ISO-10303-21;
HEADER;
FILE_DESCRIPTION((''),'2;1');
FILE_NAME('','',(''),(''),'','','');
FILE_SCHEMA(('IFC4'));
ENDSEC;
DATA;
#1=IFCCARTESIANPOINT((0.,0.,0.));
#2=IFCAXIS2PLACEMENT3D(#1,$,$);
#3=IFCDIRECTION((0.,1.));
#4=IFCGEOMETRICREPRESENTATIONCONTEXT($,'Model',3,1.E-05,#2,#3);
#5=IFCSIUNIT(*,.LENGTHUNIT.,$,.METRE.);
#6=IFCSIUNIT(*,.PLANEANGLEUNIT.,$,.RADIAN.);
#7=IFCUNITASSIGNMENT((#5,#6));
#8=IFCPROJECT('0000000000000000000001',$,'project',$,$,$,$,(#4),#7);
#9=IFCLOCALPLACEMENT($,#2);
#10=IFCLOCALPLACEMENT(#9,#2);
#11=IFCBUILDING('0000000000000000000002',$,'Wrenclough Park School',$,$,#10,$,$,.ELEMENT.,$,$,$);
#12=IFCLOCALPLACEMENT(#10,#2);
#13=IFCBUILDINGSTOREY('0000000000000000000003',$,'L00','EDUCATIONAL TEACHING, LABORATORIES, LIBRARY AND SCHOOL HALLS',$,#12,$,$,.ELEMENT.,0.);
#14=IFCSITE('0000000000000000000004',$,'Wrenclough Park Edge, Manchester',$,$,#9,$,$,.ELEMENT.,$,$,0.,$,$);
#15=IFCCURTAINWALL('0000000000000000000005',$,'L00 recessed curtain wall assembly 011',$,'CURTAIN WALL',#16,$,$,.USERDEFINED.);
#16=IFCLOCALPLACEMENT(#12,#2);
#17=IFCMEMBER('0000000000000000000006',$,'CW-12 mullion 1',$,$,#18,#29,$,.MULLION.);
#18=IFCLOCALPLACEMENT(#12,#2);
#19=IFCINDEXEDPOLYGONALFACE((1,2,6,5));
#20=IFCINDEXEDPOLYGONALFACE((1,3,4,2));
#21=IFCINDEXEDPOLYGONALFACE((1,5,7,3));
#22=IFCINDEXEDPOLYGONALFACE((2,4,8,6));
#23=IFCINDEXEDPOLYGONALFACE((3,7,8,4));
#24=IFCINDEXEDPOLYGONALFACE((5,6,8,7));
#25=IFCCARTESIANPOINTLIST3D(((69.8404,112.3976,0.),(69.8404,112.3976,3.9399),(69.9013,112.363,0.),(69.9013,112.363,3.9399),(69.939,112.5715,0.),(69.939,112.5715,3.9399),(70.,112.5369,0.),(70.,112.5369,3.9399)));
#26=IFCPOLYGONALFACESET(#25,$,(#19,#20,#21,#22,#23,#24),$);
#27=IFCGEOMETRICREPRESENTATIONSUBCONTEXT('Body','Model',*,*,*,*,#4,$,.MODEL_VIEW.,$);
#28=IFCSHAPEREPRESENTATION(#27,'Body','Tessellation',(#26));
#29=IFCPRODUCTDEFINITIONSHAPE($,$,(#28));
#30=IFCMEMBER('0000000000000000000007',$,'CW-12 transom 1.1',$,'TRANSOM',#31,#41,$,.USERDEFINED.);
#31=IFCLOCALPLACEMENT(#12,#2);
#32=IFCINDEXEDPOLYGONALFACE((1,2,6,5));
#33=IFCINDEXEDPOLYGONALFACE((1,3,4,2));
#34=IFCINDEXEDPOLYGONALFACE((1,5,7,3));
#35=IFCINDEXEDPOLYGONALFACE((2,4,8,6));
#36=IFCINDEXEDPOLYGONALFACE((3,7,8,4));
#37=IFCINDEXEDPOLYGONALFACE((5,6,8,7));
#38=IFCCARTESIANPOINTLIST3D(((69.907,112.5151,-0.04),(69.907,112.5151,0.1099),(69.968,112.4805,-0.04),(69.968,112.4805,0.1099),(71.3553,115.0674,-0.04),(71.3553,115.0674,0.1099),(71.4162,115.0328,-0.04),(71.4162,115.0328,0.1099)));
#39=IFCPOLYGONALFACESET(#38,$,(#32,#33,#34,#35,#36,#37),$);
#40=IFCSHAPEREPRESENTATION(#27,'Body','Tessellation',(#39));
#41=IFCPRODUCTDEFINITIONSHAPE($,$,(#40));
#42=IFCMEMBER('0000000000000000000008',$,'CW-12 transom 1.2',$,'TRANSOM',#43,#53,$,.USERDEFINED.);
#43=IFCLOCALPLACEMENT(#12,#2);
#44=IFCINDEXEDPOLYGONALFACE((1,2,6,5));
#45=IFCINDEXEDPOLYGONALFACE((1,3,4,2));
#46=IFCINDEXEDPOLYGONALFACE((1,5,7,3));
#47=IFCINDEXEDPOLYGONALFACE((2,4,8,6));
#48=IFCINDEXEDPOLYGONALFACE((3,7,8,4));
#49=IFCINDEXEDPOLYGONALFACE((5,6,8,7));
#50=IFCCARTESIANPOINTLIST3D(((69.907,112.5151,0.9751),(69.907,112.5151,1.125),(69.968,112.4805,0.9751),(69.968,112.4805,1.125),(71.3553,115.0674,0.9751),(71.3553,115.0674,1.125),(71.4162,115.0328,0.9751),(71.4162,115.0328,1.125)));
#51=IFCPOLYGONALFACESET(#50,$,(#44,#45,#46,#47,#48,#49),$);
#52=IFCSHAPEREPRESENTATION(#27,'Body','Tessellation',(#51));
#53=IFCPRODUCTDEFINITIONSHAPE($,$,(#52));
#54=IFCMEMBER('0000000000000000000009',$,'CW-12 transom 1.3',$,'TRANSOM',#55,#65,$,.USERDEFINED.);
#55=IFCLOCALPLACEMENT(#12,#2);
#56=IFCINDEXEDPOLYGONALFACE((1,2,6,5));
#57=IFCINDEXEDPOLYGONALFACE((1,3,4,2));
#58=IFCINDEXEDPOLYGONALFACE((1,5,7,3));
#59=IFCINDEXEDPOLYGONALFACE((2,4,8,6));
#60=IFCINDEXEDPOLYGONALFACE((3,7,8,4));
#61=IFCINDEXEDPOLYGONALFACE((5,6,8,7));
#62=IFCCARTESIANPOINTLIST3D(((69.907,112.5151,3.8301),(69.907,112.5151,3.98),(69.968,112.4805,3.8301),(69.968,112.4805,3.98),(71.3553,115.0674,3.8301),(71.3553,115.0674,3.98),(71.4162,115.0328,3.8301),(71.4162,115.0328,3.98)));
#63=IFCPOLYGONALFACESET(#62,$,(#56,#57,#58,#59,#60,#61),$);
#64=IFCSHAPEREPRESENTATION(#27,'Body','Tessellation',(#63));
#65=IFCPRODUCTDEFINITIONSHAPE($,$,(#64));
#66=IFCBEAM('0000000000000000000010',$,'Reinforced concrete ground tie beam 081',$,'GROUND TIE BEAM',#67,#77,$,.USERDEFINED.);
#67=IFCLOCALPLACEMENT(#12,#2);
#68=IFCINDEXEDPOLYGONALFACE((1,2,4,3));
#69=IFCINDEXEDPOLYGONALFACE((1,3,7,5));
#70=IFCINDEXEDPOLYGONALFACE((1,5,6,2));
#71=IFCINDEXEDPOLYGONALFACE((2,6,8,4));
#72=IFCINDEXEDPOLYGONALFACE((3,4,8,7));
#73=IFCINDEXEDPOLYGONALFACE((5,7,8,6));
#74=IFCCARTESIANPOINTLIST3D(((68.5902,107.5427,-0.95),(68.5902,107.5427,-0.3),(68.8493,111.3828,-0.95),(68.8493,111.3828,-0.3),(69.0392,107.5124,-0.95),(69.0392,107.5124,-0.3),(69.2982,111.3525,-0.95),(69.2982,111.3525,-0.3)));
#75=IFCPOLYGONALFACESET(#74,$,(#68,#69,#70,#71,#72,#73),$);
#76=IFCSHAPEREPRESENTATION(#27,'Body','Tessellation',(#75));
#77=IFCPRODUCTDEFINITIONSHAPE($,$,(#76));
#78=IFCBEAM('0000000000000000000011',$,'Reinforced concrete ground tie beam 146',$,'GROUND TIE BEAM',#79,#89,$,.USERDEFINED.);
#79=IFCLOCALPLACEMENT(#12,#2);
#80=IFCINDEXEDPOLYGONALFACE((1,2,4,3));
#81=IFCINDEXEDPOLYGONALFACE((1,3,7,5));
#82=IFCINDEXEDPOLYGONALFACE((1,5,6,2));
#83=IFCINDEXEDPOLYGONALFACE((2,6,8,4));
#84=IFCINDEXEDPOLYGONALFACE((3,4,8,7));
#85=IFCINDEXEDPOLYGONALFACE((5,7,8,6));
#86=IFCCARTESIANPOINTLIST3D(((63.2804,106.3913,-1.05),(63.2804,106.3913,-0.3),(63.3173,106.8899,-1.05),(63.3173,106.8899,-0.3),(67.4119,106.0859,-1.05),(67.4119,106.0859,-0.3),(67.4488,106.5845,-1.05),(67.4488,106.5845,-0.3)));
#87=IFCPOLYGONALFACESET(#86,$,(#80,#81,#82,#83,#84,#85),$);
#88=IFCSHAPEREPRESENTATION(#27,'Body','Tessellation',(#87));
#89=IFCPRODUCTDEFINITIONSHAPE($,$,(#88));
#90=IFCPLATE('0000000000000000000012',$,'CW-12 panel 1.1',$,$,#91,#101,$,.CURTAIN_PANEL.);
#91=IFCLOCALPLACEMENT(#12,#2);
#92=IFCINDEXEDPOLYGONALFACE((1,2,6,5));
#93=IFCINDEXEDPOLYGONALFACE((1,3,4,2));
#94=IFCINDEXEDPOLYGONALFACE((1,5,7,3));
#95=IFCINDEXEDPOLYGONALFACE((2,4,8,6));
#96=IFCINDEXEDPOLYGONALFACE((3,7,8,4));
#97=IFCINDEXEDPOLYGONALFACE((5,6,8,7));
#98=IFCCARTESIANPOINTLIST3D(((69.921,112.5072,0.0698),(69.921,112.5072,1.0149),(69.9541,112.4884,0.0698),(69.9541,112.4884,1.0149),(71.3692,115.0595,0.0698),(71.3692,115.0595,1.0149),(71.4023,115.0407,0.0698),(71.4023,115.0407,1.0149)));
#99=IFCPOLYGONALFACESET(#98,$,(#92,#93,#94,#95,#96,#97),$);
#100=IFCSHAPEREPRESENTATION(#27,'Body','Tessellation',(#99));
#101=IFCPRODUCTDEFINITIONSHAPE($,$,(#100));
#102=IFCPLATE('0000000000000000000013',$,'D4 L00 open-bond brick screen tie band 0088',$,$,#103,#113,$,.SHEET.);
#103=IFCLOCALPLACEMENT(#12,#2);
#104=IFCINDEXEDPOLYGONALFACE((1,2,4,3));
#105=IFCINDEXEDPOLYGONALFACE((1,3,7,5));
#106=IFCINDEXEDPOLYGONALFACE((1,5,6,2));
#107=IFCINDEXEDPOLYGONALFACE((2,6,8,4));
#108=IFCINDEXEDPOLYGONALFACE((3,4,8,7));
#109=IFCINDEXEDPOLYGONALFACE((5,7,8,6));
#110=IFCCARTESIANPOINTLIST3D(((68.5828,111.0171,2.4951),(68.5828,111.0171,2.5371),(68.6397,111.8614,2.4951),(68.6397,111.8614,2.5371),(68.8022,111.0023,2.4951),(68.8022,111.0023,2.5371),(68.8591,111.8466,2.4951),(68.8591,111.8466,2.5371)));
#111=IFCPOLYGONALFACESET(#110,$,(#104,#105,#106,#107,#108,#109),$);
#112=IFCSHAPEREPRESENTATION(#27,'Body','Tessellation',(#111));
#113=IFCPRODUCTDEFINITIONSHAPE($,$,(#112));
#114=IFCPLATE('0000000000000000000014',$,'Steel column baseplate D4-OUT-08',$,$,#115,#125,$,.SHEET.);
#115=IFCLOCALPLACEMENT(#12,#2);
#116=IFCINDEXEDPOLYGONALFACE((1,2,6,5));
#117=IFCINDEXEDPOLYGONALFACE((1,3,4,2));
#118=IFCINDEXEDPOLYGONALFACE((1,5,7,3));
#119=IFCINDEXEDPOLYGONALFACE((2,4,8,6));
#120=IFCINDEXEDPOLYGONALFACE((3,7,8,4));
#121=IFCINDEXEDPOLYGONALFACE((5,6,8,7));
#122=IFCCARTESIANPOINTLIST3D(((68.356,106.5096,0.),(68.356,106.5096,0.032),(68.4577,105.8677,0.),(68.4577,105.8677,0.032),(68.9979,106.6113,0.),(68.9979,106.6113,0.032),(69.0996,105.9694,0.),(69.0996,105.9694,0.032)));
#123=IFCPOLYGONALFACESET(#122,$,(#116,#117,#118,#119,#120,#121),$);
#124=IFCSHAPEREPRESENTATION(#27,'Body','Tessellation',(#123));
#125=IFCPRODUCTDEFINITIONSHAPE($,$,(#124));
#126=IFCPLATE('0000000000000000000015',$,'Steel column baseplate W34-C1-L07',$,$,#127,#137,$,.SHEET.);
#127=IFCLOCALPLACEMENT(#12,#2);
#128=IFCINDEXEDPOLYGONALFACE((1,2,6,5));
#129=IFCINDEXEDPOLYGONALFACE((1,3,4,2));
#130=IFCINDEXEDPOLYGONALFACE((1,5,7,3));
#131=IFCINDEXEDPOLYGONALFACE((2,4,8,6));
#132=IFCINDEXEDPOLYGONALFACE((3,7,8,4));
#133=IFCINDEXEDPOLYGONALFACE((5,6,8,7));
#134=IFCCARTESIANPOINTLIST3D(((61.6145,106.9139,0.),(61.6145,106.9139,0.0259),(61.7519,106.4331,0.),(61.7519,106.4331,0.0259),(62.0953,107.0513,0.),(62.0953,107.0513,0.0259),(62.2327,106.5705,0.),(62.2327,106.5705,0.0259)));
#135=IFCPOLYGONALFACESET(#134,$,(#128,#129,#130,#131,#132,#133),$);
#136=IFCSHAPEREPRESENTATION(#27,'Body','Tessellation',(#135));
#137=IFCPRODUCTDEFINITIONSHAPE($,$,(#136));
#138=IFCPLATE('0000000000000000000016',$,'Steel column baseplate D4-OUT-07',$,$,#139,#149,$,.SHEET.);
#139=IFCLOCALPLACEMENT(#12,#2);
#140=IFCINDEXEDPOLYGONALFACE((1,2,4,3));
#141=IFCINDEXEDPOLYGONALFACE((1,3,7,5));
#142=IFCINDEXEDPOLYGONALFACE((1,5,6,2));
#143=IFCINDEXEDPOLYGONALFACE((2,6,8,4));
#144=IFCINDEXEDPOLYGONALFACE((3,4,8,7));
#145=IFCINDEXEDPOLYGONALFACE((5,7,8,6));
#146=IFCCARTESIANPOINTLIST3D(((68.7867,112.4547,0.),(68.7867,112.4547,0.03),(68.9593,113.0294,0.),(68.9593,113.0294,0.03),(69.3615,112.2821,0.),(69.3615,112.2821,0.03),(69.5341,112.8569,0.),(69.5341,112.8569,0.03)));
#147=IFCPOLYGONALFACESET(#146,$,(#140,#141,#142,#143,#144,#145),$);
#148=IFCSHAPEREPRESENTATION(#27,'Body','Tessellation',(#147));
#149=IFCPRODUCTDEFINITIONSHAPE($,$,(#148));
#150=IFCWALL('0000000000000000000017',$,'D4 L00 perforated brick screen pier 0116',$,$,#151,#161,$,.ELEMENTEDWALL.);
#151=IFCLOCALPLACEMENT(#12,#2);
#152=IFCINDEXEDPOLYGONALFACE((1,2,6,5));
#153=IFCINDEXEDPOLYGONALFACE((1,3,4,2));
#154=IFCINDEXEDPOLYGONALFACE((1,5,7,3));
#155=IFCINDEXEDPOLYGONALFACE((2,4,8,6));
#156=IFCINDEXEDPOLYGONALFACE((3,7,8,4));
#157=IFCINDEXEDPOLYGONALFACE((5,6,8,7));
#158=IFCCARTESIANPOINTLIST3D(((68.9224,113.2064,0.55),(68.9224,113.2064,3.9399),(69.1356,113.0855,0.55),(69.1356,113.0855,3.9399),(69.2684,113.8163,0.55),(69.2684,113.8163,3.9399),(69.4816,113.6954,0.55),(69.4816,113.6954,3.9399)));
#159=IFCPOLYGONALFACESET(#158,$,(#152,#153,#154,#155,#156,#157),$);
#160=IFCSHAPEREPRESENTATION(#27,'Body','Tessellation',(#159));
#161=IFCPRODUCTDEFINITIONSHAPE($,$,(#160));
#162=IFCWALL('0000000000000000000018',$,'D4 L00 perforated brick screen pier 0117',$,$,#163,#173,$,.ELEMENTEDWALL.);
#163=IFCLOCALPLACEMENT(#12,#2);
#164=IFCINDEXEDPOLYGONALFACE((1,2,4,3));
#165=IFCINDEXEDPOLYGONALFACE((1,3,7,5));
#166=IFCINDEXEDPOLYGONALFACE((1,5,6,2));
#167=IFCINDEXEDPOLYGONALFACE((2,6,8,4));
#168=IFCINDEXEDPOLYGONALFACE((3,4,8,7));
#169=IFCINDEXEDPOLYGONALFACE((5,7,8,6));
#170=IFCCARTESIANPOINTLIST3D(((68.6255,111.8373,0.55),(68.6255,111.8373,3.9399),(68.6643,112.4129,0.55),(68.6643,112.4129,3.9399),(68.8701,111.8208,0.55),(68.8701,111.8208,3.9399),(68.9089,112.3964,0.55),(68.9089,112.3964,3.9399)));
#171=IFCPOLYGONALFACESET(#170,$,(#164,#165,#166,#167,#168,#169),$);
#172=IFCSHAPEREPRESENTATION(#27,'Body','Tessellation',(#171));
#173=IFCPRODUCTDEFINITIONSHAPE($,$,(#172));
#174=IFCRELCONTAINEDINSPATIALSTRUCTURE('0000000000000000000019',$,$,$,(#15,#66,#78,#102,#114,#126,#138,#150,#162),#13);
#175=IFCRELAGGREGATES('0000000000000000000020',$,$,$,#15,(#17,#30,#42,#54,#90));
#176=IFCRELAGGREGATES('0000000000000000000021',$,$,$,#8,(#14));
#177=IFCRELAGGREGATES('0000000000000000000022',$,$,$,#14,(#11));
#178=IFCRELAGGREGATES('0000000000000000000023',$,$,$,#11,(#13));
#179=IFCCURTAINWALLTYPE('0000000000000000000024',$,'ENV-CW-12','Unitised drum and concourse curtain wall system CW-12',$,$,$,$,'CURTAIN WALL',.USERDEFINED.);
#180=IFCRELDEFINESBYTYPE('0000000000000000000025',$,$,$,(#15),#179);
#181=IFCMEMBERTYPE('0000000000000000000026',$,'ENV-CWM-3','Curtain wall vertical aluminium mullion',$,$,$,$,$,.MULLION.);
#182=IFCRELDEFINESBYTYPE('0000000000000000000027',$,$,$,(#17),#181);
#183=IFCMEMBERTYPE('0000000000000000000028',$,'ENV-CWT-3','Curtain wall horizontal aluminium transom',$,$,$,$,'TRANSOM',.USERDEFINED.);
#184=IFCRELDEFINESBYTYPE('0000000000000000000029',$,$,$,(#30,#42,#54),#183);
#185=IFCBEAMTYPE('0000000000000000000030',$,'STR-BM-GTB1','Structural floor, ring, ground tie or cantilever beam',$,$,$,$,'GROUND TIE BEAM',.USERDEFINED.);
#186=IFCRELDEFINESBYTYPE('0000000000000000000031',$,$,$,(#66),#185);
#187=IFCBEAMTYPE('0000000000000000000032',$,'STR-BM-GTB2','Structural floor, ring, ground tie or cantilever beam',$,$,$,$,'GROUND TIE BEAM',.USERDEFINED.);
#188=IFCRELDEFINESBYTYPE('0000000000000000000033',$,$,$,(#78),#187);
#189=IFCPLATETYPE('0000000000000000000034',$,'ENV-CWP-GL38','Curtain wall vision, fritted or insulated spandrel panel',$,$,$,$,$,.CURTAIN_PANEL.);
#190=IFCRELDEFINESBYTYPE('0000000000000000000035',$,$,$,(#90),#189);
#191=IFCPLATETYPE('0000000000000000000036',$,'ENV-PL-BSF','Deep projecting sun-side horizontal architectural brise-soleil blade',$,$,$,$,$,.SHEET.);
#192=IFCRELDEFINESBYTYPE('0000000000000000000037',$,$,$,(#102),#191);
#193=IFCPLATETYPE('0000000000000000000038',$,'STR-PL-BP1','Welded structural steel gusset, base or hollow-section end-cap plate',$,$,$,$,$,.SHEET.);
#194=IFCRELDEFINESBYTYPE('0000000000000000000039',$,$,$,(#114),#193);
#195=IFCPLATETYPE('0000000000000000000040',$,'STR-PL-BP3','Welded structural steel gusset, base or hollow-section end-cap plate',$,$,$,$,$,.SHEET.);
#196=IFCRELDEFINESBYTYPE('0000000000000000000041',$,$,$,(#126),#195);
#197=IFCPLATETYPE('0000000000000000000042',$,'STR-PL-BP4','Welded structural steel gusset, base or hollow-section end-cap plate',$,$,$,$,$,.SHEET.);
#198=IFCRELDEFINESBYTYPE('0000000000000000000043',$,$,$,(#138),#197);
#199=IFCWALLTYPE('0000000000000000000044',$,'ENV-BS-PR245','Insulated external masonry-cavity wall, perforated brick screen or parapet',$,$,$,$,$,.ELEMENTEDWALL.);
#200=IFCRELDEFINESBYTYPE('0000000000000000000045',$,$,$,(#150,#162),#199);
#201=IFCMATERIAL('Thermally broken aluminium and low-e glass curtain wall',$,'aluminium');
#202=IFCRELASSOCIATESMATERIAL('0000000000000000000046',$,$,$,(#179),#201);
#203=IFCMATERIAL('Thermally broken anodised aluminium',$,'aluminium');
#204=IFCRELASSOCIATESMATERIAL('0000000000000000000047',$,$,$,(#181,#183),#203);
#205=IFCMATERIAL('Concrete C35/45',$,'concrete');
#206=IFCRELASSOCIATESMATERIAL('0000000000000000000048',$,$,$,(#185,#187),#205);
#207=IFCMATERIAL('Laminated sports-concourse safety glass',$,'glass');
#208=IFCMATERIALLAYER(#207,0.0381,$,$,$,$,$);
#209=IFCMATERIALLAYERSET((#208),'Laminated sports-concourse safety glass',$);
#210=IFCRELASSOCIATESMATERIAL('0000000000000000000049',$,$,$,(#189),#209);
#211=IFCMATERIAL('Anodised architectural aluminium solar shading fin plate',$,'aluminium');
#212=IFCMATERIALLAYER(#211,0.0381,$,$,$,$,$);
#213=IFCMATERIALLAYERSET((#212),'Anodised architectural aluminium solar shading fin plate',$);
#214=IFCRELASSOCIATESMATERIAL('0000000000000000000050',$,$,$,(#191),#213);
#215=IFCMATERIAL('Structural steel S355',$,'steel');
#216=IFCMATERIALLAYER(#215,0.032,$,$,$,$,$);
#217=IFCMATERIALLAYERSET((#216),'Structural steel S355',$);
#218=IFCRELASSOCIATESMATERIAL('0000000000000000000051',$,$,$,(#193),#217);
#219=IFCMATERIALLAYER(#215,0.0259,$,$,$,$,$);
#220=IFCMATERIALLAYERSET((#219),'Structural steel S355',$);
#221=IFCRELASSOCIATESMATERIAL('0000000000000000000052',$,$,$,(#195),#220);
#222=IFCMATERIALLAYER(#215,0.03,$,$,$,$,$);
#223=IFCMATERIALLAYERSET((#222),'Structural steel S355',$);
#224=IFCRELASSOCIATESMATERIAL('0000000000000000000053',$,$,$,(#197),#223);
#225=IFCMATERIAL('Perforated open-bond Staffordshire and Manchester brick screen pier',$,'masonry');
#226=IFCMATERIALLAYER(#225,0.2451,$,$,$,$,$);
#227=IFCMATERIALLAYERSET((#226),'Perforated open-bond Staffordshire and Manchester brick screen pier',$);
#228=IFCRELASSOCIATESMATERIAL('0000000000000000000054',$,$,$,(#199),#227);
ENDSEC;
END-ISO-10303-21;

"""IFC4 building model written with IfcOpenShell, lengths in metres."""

from ifc_helpers import new_model, si_unit, direction, frame, frame_2d, origin, origin_2d, place, context, subcontext, project, spatial, rectangle, extrude, material, layer, layer_set, material_profile, profile_set, type_object, element, aggregate, save


model = new_model("IFC4")

# Units and contexts
model_context = context("Model", 3, precision=1e-05, world=origin(), true_north=direction((0.0, 1.0)))
body_context = subcontext(model_context, "Body", "Model", "MODEL_VIEW")
ifc_project = project(units=[si_unit("LENGTHUNIT", "METRE"), si_unit("PLANEANGLEUNIT", "RADIAN")], contexts=[model_context])

# Site, building, storey
site_placement = place(None, origin())
site = spatial("IfcSite", under=ifc_project, at=site_placement, Name="Wrenclough Park Edge, Manchester", CompositionType="ELEMENT", RefElevation=0.0)
building_placement = place(site_placement, origin())
building = spatial("IfcBuilding", under=site, at=building_placement, Name="Wrenclough Park School", CompositionType="ELEMENT")
storey_placement = place(building_placement, origin())
storey = spatial("IfcBuildingStorey", under=building, at=storey_placement, Name="L00", Description="EDUCATIONAL TEACHING, LABORATORIES, LIBRARY AND SCHOOL HALLS", CompositionType="ELEMENT", Elevation=0.0)

# Shared definitions
ifc_material_1 = material(Name="Concrete C35/45", Category="concrete")

# Shared definitions
ifc_material_2 = material(Name="Structural steel S355", Category="steel")

# Curtain wall, members
ifc_material_3 = material(Name="Thermally broken aluminium and low-e glass curtain wall", Category="aluminium")
curtain_wall_type = type_object("IfcCurtainWallType", Name="ENV-CW-12", Description="Unitised drum and concourse curtain wall system CW-12", ElementType="CURTAIN WALL", PredefinedType="USERDEFINED", material=ifc_material_3)
curtain_wall_placement = place(storey_placement, origin())
curtain_wall = element("IfcCurtainWall", 1, at=curtain_wall_placement, inside=storey, type_object=curtain_wall_type, Name="L00 recessed curtain wall assembly 011", ObjectType="CURTAIN WALL", PredefinedType="USERDEFINED")
ifc_material_4 = material(Name="Thermally broken anodised aluminium", Category="aluminium")
ifc_material_profile_1 = material_profile(ifc_material_4, rectangle(XDim=0.0701, YDim=0.2, at=origin_2d()), Name="AL MULLION 70x200")
ifc_profile_set_1 = profile_set([ifc_material_profile_1], Name="Thermally broken anodised aluminium")
member_type_1 = type_object("IfcMemberType", Name="ENV-CWM-3", Description="Curtain wall vertical aluminium mullion", PredefinedType="MULLION", material=ifc_profile_set_1)
member_1_placement = place(storey_placement, frame((69.9202, 112.4673, 0.0), z_axis=(0.0, 0.0, 1.0), x_axis=(-0.869745, 0.493501, 0.0)))
member_1 = element("IfcMember", 2, at=member_1_placement, type_object=member_type_1, Name="CW-12 mullion 1", PredefinedType="MULLION", context=body_context, shape_type="SweptSolid", body=[
    extrude(rectangle(XDim=0.0701, YDim=0.2, at=origin_2d()), origin(), (0.0, 0.0, 1.0), 3.9399),
])
ifc_material_profile_2 = material_profile(ifc_material_4, rectangle(XDim=0.0701, YDim=0.1499, at=origin_2d()), Name="AL TRANSOM 70x150")
ifc_profile_set_2 = profile_set([ifc_material_profile_2], Name="Thermally broken anodised aluminium")
member_type_2 = type_object("IfcMemberType", Name="ENV-CWT-3", Description="Curtain wall horizontal aluminium transom", ElementType="TRANSOM", PredefinedType="USERDEFINED", material=ifc_profile_set_2)
member_2_placement = place(storey_placement, frame((69.9375, 112.4978, 0.0349), z_axis=(0.49352, 0.869734, 0.0), x_axis=(-0.869734, 0.49352, 0.0)))
member_2 = element("IfcMember", 3, at=member_2_placement, type_object=member_type_2, Name="CW-12 transom 1.1", ObjectType="TRANSOM", PredefinedType="USERDEFINED", context=body_context, shape_type="SweptSolid", body=[
    extrude(rectangle(XDim=0.0701, YDim=0.1499, at=origin_2d()), origin(), (0.0, 0.0, 1.0), 2.9346),
])
member_3_placement = place(storey_placement, frame((69.9375, 112.4978, 1.05), z_axis=(0.49352, 0.869734, 0.0), x_axis=(-0.869734, 0.49352, 0.0)))
member_3 = element("IfcMember", 4, at=member_3_placement, type_object=member_type_2, Name="CW-12 transom 1.2", ObjectType="TRANSOM", PredefinedType="USERDEFINED", context=body_context, shape_type="SweptSolid", body=[
    extrude(rectangle(XDim=0.0701, YDim=0.1499, at=origin_2d()), origin(), (0.0, 0.0, 1.0), 2.9346),
])
member_4_placement = place(storey_placement, frame((69.9375, 112.4978, 3.905), z_axis=(0.49352, 0.869734, 0.0), x_axis=(-0.869734, 0.49352, 0.0)))
member_4 = element("IfcMember", 5, at=member_4_placement, type_object=member_type_2, Name="CW-12 transom 1.3", ObjectType="TRANSOM", PredefinedType="USERDEFINED", context=body_context, shape_type="SweptSolid", body=[
    extrude(rectangle(XDim=0.0701, YDim=0.1499, at=origin_2d()), origin(), (0.0, 0.0, 1.0), 2.9346),
])

# Beams
ifc_material_profile_3 = material_profile(ifc_material_1, rectangle(XDim=0.45, YDim=0.6499, at=origin_2d()), Name="RC GROUND 450x650")
ifc_profile_set_3 = profile_set([ifc_material_profile_3], Name="Concrete C35/45")
beam_type_1 = type_object("IfcBeamType", Name="STR-BM-GTB1", Description="Structural floor, ring, ground tie or cantilever beam", ElementType="GROUND TIE BEAM", PredefinedType="USERDEFINED", material=ifc_profile_set_3)
beam_1_placement = place(storey_placement, frame((69.0737, 111.3677, -0.625), z_axis=(-0.067302, -0.997733, 0.0), x_axis=(0.997733, -0.067302, 0.0)))
element("IfcBeam", 6, at=beam_1_placement, inside=storey, type_object=beam_type_1, Name="Reinforced concrete ground tie beam 081", ObjectType="GROUND TIE BEAM", PredefinedType="USERDEFINED", context=body_context, shape_type="SweptSolid", body=[
    extrude(rectangle(XDim=0.45, YDim=0.6499, at=origin_2d()), origin(), (0.0, 0.0, 1.0), 3.8489),
])
ifc_material_profile_4 = material_profile(ifc_material_1, rectangle(XDim=0.5, YDim=0.75, at=origin_2d()), Name="RC GROUND 500x750")
ifc_profile_set_4 = profile_set([ifc_material_profile_4], Name="Concrete C35/45")
beam_type_2 = type_object("IfcBeamType", Name="STR-BM-GTB2", Description="Structural floor, ring, ground tie or cantilever beam", ElementType="GROUND TIE BEAM", PredefinedType="USERDEFINED", material=ifc_profile_set_4)
beam_2_placement = place(storey_placement, frame((63.2988, 106.6406, -0.675), z_axis=(0.997279, -0.073722, 0.0), x_axis=(0.073722, 0.997279, 0.0)))
element("IfcBeam", 7, at=beam_2_placement, inside=storey, type_object=beam_type_2, Name="Reinforced concrete ground tie beam 146", ObjectType="GROUND TIE BEAM", PredefinedType="USERDEFINED", context=body_context, shape_type="SweptSolid", body=[
    extrude(rectangle(XDim=0.5, YDim=0.75, at=origin_2d()), origin(), (0.0, 0.0, 1.0), 4.1428),
])

# Plate
ifc_material_5 = material(Name="Laminated sports-concourse safety glass", Category="glass")
ifc_layer_1 = layer(ifc_material_5, 0.0381)
ifc_layer_set_1 = layer_set([ifc_layer_1], Name="Laminated sports-concourse safety glass")
plate_type_1 = type_object("IfcPlateType", Name="ENV-CWP-GL38", Description="Curtain wall vision, fritted or insulated spandrel panel", PredefinedType="CURTAIN_PANEL", material=ifc_layer_set_1)
plate_1_placement = place(storey_placement, frame((70.6616, 113.7739, 0.0698), z_axis=(0.0, 0.0, 1.0), x_axis=(0.493501, 0.869745, 0.0)))
plate_1 = element("IfcPlate", 8, at=plate_1_placement, type_object=plate_type_1, Name="CW-12 panel 1.1", PredefinedType="CURTAIN_PANEL", context=body_context, shape_type="SweptSolid", body=[
    extrude(rectangle(XDim=2.9346, YDim=0.0381, at=origin_2d()), origin(), (0.0, 0.0, 1.0), 0.9451),
])
aggregate(curtain_wall, [member_1, member_2, member_3, member_4, plate_1])

# Plates
ifc_material_6 = material(Name="Anodised architectural aluminium solar shading fin plate", Category="aluminium")
ifc_layer_2 = layer(ifc_material_6, 0.0381)
ifc_layer_set_2 = layer_set([ifc_layer_2], Name="Anodised architectural aluminium solar shading fin plate")
plate_type_2 = type_object("IfcPlateType", Name="ENV-PL-BSF", Description="Deep projecting sun-side horizontal architectural brise-soleil blade", PredefinedType="SHEET", material=ifc_layer_set_2)
plate_2_placement = place(storey_placement, frame((68.7209, 111.4319, 2.4951), z_axis=(0.0, 0.0, 1.0), x_axis=(-0.067259, -0.997736, 0.0)))
element("IfcPlate", 9, at=plate_2_placement, inside=storey, type_object=plate_type_2, Name="D4 L00 open-bond brick screen tie band 0088", PredefinedType="SHEET", context=body_context, shape_type="SweptSolid", body=[
    extrude(rectangle(XDim=0.8462, YDim=0.22, at=origin_2d()), origin(), (0.0, 0.0, 1.0), 0.042),
])
ifc_layer_3 = layer(ifc_material_2, 0.032)
ifc_layer_set_3 = layer_set([ifc_layer_3], Name="Structural steel S355")
plate_type_3 = type_object("IfcPlateType", Name="STR-PL-BP1", Description="Welded structural steel gusset, base or hollow-section end-cap plate", PredefinedType="SHEET", material=ifc_layer_set_3)
plate_3_placement = place(storey_placement, frame((68.7278, 106.2395, 0.0), z_axis=(0.0, 0.0, 1.0), x_axis=(0.156434, -0.987688, 0.0)))
element("IfcPlate", 10, at=plate_3_placement, inside=storey, type_object=plate_type_3, Name="Steel column baseplate D4-OUT-08", PredefinedType="SHEET", context=body_context, shape_type="SweptSolid", body=[
    extrude(rectangle(XDim=0.6499, YDim=0.6499, at=origin_2d()), origin(), (0.0, 0.0, 1.0), 0.032),
])
ifc_layer_4 = layer(ifc_material_2, 0.0259)
ifc_layer_set_4 = layer_set([ifc_layer_4], Name="Structural steel S355")
plate_type_4 = type_object("IfcPlateType", Name="STR-PL-BP3", Description="Welded structural steel gusset, base or hollow-section end-cap plate", PredefinedType="SHEET", material=ifc_layer_set_4)
plate_4_placement = place(storey_placement, frame((61.9236, 106.7422, 0.0), z_axis=(0.0, 0.0, 1.0), x_axis=(0.961502, 0.274798, 0.0)))
element("IfcPlate", 11, at=plate_4_placement, inside=storey, type_object=plate_type_4, Name="Steel column baseplate W34-C1-L07", PredefinedType="SHEET", context=body_context, shape_type="SweptSolid", body=[
    extrude(rectangle(XDim=0.5, YDim=0.5, at=origin_2d()), origin(), (0.0, 0.0, 1.0), 0.0259),
])
ifc_layer_5 = layer(ifc_material_2, 0.03)
ifc_layer_set_5 = layer_set([ifc_layer_5], Name="Structural steel S355")
plate_type_5 = type_object("IfcPlateType", Name="STR-PL-BP4", Description="Welded structural steel gusset, base or hollow-section end-cap plate", PredefinedType="SHEET", material=ifc_layer_set_5)
plate_5_placement = place(storey_placement, frame((69.1604, 112.6558, 0.0), z_axis=(0.0, 0.0, 1.0), x_axis=(-0.287528, -0.957772, 0.0)))
element("IfcPlate", 12, at=plate_5_placement, inside=storey, type_object=plate_type_5, Name="Steel column baseplate D4-OUT-07", PredefinedType="SHEET", context=body_context, shape_type="SweptSolid", body=[
    extrude(rectangle(XDim=0.6001, YDim=0.6001, at=origin_2d()), origin(), (0.0, 0.0, 1.0), 0.03),
])

# Walls
ifc_material_7 = material(Name="Perforated open-bond Staffordshire and Manchester brick screen pier", Category="masonry")
ifc_layer_6 = layer(ifc_material_7, 0.2451)
ifc_layer_set_6 = layer_set([ifc_layer_6], Name="Perforated open-bond Staffordshire and Manchester brick screen pier")
wall_type_1 = type_object("IfcWallType", Name="ENV-BS-PR245", Description="Insulated external masonry-cavity wall, perforated brick screen or parapet", PredefinedType="ELEMENTEDWALL", material=ifc_layer_set_6)
wall_1_placement = place(storey_placement, frame((69.375, 113.7559, 0.55), z_axis=(0.0, 0.0, 1.0), x_axis=(-0.493399, -0.869803, 0.0)))
element("IfcWall", 13, at=wall_1_placement, inside=storey, type_object=wall_type_1, Name="D4 L00 perforated brick screen pier 0116", PredefinedType="ELEMENTEDWALL", context=body_context, shape_type="SweptSolid", body=[
    extrude(rectangle(XDim=0.7012, YDim=0.2451, at=frame_2d((0.3506, 0.0))), origin(), (0.0, 0.0, 1.0), 3.3899),
])
wall_2_placement = place(storey_placement, frame((68.7866, 112.4048, 0.55), z_axis=(0.0, 0.0, 1.0), x_axis=(-0.067277, -0.997734, 0.0)))
element("IfcWall", 14, at=wall_2_placement, inside=storey, type_object=wall_type_1, Name="D4 L00 perforated brick screen pier 0117", PredefinedType="ELEMENTEDWALL", context=body_context, shape_type="SweptSolid", body=[
    extrude(rectangle(XDim=0.5769, YDim=0.2451, at=frame_2d((0.2886, 0.0))), origin(), (0.0, 0.0, 1.0), 3.3899),
])

save(model, "model.ifc")
